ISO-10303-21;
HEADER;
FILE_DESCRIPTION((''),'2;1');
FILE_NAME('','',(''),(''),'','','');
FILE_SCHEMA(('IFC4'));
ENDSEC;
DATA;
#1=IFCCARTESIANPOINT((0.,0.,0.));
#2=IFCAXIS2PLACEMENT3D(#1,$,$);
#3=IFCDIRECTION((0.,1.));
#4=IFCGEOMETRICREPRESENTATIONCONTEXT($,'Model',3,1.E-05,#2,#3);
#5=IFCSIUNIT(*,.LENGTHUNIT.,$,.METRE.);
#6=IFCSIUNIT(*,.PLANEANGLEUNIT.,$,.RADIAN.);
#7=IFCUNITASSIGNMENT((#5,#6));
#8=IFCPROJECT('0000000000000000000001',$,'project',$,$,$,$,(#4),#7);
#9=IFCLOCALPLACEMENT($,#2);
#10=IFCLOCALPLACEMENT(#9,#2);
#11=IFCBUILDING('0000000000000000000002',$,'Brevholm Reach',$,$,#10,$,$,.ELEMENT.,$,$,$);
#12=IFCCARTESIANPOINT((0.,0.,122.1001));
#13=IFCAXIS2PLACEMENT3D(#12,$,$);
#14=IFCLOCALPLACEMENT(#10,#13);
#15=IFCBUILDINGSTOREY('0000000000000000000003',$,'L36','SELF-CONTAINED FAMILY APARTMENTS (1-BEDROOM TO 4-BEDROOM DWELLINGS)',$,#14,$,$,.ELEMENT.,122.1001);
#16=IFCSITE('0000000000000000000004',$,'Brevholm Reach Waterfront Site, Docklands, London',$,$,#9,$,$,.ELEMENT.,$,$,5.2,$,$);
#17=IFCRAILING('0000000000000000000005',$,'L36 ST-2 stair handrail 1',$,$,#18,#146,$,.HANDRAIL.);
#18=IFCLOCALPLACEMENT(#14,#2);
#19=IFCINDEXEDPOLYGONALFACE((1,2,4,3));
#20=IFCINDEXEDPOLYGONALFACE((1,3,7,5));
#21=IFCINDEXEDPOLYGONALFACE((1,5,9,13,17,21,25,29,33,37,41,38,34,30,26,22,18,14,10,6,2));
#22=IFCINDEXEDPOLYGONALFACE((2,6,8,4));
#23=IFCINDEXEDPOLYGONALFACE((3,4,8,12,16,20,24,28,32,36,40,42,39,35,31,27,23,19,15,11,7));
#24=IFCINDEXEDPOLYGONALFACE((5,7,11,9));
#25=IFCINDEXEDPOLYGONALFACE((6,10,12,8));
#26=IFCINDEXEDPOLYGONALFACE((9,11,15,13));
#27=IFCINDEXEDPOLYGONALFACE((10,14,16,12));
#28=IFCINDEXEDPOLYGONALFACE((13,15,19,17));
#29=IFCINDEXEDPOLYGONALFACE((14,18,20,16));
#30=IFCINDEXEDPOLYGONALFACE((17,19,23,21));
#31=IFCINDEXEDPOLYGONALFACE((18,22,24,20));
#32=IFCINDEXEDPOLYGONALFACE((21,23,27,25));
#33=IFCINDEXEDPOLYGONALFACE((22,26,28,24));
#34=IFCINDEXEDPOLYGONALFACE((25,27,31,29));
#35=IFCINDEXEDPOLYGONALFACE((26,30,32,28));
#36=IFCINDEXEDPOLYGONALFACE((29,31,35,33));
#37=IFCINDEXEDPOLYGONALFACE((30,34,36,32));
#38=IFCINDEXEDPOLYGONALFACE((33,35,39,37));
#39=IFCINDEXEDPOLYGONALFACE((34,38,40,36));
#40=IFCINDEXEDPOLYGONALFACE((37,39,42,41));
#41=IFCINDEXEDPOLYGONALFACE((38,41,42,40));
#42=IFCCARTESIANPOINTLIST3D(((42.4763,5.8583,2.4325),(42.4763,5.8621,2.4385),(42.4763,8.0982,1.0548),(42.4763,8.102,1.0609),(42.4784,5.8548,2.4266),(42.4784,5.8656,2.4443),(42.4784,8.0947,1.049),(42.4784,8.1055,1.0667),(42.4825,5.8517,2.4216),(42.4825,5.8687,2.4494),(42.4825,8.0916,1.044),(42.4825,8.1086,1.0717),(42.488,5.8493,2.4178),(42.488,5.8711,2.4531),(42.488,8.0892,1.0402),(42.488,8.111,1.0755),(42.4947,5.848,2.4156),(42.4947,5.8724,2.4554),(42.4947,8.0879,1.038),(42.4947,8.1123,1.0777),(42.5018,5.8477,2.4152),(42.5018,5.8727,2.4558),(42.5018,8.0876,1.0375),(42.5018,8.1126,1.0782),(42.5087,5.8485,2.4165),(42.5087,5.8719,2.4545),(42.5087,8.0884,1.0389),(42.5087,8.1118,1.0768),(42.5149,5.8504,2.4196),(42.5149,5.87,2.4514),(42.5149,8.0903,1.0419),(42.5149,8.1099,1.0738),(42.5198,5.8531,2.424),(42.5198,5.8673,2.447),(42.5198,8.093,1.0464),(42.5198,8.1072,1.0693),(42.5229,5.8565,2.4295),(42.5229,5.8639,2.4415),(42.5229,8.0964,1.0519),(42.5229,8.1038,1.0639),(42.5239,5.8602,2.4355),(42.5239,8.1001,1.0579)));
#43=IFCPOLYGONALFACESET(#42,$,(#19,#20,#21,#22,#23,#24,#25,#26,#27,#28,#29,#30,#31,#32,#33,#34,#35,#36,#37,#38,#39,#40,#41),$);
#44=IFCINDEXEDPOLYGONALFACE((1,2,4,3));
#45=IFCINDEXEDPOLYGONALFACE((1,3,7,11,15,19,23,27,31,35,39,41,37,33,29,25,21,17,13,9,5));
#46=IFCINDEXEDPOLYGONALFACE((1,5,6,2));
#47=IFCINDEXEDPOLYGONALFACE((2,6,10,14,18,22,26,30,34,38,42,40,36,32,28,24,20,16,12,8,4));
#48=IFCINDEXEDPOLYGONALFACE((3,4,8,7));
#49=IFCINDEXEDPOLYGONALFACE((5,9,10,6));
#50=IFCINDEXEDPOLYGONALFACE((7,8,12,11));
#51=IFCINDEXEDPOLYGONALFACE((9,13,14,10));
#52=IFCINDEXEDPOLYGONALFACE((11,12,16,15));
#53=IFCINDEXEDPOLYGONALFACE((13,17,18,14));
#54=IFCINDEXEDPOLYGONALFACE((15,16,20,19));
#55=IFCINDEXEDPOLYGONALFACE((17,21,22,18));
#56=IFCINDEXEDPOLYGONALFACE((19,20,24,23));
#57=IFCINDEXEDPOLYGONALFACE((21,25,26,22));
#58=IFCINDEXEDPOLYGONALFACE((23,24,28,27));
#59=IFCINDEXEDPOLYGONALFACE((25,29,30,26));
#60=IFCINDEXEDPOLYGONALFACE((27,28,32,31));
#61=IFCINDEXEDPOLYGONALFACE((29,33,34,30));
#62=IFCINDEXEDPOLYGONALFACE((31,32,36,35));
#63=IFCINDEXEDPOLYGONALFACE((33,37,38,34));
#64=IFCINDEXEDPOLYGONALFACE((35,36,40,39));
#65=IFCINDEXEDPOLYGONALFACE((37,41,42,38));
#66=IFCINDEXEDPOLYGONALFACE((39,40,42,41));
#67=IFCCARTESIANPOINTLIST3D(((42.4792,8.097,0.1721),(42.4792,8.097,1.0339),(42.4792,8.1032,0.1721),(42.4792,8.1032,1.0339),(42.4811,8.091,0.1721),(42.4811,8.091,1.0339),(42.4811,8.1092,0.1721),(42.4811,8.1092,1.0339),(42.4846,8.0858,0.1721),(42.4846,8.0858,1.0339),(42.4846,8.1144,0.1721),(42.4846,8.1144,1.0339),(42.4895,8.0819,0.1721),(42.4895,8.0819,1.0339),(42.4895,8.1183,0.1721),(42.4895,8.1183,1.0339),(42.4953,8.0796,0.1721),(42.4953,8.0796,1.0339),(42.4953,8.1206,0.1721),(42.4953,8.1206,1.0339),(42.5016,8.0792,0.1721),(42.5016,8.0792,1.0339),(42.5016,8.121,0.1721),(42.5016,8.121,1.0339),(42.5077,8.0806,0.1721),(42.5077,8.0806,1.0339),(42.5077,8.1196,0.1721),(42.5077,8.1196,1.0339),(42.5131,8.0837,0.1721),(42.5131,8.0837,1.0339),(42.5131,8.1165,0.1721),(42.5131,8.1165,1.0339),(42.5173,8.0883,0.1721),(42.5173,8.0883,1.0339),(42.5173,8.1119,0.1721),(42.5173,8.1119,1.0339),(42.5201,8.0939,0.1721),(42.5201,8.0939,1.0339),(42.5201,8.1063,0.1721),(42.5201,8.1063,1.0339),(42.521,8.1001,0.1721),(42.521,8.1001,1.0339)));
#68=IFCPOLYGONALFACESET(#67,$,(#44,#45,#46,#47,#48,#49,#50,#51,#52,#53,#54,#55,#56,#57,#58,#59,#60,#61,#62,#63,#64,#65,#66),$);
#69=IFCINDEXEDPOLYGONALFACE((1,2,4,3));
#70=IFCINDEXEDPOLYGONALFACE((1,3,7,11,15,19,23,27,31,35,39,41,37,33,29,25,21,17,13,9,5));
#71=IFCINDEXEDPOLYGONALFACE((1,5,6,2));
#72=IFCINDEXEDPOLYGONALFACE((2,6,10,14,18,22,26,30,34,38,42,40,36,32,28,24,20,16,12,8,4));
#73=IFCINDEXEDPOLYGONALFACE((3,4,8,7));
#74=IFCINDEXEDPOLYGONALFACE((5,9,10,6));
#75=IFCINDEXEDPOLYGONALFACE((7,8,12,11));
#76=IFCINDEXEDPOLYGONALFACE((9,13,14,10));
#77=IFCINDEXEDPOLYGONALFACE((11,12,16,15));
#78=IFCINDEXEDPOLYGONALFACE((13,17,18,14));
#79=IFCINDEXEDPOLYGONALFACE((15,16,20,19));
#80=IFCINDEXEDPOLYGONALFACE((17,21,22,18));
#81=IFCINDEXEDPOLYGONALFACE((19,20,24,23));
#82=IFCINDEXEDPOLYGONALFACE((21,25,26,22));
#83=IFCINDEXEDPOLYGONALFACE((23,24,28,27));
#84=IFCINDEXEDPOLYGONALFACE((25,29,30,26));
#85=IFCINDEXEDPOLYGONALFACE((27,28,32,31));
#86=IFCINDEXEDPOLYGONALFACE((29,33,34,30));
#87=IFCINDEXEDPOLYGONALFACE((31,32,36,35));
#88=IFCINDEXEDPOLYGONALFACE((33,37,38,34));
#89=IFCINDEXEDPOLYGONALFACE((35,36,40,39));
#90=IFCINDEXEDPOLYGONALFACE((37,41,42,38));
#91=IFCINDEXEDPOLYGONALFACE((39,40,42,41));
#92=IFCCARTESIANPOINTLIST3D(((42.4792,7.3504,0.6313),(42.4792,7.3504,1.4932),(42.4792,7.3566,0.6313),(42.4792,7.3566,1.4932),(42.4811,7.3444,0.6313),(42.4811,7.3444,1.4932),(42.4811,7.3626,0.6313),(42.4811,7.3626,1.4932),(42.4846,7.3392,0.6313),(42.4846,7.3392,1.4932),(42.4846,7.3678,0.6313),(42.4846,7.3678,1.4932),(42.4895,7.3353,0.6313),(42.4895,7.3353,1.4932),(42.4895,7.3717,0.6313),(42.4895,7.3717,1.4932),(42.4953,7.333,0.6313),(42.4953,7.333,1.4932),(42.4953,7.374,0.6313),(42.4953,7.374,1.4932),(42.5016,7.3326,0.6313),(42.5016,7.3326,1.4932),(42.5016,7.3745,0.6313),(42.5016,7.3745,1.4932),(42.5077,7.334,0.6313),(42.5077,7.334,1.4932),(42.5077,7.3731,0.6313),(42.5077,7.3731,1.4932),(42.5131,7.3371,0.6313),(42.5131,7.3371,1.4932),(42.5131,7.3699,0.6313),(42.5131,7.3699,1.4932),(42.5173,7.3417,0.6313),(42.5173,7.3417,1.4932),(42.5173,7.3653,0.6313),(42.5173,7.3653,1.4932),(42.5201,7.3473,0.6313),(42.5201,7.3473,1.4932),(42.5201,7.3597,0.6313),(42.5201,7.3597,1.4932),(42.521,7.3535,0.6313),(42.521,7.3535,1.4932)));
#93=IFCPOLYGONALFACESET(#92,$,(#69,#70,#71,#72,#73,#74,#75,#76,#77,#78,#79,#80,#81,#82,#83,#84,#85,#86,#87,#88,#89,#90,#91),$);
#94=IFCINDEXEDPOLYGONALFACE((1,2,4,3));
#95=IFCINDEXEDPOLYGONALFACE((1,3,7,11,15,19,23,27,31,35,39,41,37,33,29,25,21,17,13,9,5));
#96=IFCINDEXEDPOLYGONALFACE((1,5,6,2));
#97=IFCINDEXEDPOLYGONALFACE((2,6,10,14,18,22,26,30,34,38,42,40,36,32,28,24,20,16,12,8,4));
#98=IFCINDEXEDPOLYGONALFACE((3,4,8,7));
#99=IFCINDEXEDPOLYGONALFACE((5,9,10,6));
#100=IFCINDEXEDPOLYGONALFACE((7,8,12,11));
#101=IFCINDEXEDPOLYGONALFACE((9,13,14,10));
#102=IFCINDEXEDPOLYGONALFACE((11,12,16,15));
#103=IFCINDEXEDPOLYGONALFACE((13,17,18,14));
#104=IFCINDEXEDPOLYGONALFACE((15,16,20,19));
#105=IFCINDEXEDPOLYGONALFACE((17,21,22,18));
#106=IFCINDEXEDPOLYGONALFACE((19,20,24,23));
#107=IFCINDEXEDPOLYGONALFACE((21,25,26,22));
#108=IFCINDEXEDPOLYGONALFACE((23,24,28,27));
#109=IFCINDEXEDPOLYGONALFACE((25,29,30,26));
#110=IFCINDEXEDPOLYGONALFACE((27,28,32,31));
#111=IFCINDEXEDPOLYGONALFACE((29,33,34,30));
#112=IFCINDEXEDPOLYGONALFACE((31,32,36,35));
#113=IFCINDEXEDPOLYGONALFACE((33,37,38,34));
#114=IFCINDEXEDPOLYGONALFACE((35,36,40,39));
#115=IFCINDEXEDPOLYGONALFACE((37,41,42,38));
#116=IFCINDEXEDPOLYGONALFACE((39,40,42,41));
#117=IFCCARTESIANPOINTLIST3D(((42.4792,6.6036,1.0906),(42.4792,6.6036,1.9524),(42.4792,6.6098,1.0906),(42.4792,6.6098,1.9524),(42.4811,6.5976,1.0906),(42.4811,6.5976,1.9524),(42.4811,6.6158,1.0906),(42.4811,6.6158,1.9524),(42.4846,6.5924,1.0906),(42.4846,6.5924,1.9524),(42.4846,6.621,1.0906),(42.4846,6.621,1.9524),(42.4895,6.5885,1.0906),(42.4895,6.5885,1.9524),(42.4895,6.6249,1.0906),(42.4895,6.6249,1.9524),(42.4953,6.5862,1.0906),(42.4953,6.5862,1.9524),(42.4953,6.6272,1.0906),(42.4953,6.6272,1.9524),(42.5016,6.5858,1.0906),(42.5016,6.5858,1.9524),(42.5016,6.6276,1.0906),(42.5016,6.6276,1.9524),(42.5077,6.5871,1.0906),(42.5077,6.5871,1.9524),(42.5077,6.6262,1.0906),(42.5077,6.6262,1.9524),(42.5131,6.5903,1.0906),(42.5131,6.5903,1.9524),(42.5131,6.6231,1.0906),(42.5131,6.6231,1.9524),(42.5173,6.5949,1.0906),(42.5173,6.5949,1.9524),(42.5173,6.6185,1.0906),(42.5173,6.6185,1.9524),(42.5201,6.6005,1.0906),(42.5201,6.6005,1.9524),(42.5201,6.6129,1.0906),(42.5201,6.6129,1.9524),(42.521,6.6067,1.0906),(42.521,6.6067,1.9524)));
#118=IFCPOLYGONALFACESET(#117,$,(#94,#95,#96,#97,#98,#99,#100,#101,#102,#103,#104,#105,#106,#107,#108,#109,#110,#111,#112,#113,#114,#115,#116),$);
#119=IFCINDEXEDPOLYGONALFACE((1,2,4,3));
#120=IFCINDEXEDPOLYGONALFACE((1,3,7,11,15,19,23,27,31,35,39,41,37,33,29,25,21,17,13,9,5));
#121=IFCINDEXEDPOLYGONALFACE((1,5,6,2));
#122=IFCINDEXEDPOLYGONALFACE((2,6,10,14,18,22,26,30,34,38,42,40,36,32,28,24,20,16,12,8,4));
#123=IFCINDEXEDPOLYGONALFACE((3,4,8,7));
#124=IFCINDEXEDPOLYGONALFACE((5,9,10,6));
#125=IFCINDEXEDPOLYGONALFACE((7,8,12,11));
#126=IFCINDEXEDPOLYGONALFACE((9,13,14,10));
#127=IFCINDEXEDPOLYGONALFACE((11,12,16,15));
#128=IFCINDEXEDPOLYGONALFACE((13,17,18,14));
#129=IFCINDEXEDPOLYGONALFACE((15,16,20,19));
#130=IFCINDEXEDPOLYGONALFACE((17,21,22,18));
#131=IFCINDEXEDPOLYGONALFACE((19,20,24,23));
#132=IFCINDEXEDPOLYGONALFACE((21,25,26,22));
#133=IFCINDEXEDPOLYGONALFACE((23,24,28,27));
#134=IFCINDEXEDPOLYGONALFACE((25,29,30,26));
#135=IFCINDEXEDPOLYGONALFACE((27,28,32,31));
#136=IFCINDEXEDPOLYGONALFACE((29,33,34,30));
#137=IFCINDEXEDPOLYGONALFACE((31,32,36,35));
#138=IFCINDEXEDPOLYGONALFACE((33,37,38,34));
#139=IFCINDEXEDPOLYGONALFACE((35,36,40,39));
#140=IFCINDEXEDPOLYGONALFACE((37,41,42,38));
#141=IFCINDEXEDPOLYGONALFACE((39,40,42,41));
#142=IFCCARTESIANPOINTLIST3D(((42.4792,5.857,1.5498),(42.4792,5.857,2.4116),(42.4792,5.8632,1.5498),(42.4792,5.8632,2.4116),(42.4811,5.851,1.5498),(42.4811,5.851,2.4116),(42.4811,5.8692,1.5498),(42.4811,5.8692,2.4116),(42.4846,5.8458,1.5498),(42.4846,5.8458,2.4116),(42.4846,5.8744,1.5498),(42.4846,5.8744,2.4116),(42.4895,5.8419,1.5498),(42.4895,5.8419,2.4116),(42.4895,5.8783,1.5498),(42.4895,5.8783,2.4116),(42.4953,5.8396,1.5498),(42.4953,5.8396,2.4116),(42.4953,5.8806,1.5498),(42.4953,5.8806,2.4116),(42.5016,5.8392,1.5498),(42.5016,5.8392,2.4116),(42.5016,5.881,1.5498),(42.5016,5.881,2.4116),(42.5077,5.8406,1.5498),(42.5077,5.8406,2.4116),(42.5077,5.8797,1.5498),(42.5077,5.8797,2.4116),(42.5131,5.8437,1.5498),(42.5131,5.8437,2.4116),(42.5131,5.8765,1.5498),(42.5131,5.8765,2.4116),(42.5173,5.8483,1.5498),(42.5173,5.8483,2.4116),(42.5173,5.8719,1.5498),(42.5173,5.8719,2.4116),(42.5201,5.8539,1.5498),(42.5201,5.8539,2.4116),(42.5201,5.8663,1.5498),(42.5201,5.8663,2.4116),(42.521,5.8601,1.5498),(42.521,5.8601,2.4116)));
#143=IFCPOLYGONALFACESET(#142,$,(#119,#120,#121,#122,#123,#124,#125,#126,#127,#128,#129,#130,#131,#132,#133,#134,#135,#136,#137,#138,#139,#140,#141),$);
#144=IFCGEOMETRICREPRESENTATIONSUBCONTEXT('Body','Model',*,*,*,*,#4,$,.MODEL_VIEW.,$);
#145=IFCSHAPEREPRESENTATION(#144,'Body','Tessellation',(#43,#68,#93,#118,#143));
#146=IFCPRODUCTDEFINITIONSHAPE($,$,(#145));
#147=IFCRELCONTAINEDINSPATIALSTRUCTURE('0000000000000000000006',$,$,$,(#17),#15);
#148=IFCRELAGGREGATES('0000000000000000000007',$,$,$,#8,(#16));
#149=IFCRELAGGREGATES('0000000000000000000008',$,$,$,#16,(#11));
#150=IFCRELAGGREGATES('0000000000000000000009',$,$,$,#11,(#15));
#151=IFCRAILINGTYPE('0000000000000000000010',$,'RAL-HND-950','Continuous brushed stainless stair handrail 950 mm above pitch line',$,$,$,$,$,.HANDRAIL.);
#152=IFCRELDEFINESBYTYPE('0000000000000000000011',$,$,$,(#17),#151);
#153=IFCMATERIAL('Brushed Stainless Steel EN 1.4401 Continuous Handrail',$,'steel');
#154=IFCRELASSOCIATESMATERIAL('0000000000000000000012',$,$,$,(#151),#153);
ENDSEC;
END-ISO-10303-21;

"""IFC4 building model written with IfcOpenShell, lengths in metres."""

from ifc_helpers import new_model, si_unit, direction, frame, origin, origin_2d, place, context, subcontext, project, spatial, circle, extrude, material, type_object, element, save


model = new_model("IFC4")

# Units and contexts
model_context = context("Model", 3, precision=1e-05, world=origin(), true_north=direction((0.0, 1.0)))
body_context = subcontext(model_context, "Body", "Model", "MODEL_VIEW")
ifc_project = project(units=[si_unit("LENGTHUNIT", "METRE"), si_unit("PLANEANGLEUNIT", "RADIAN")], contexts=[model_context])

# Site, building, storey
site_placement = place(None, origin())
site = spatial("IfcSite", under=ifc_project, at=site_placement, Name="Brevholm Reach Waterfront Site, Docklands, London", CompositionType="ELEMENT", RefElevation=5.2)
building_placement = place(site_placement, origin())
building = spatial("IfcBuilding", under=site, at=building_placement, Name="Brevholm Reach", CompositionType="ELEMENT")
storey_placement = place(building_placement, frame((0.0, 0.0, 122.1001)))
storey = spatial("IfcBuildingStorey", under=building, at=storey_placement, Name="L36", Description="SELF-CONTAINED FAMILY APARTMENTS (1-BEDROOM TO 4-BEDROOM DWELLINGS)", CompositionType="ELEMENT", Elevation=122.1001)

# Railing
ifc_material_1 = material(Name="Brushed Stainless Steel EN 1.4401 Continuous Handrail", Category="steel")
railing_type_1 = type_object("IfcRailingType", Name="RAL-HND-950", Description="Continuous brushed stainless stair handrail 950 mm above pitch line", PredefinedType="HANDRAIL", material=ifc_material_1)
railing_1_placement = place(storey_placement, frame((42.5, 8.1001, 0.1721)))
element("IfcRailing", 1, at=railing_1_placement, inside=storey, type_object=railing_type_1, Name="L36 ST-2 stair handrail 1", PredefinedType="HANDRAIL", context=body_context, shape_type="SweptSolid", body=[
    extrude(circle(Radius=0.0239, at=origin_2d()), frame((0.0, 0.0, 0.8857), z_axis=(0.0, -0.851789, 0.523885), x_axis=(1.0, 0.0, 0.0)), (0.0, 0.0, 1.0), 2.6296),
    extrude(circle(Radius=0.021, at=origin_2d()), origin(), (0.0, 0.0, 1.0), 0.8618),
    extrude(circle(Radius=0.021, at=origin_2d()), frame((0.0, -0.7466, 0.4592)), (0.0, 0.0, 1.0), 0.8618),
    extrude(circle(Radius=0.021, at=origin_2d()), frame((0.0, -1.4934, 0.9185)), (0.0, 0.0, 1.0), 0.8618),
    extrude(circle(Radius=0.021, at=origin_2d()), frame((0.0, -2.24, 1.3777)), (0.0, 0.0, 1.0), 0.8618),
])

save(model, "model.ifc")
